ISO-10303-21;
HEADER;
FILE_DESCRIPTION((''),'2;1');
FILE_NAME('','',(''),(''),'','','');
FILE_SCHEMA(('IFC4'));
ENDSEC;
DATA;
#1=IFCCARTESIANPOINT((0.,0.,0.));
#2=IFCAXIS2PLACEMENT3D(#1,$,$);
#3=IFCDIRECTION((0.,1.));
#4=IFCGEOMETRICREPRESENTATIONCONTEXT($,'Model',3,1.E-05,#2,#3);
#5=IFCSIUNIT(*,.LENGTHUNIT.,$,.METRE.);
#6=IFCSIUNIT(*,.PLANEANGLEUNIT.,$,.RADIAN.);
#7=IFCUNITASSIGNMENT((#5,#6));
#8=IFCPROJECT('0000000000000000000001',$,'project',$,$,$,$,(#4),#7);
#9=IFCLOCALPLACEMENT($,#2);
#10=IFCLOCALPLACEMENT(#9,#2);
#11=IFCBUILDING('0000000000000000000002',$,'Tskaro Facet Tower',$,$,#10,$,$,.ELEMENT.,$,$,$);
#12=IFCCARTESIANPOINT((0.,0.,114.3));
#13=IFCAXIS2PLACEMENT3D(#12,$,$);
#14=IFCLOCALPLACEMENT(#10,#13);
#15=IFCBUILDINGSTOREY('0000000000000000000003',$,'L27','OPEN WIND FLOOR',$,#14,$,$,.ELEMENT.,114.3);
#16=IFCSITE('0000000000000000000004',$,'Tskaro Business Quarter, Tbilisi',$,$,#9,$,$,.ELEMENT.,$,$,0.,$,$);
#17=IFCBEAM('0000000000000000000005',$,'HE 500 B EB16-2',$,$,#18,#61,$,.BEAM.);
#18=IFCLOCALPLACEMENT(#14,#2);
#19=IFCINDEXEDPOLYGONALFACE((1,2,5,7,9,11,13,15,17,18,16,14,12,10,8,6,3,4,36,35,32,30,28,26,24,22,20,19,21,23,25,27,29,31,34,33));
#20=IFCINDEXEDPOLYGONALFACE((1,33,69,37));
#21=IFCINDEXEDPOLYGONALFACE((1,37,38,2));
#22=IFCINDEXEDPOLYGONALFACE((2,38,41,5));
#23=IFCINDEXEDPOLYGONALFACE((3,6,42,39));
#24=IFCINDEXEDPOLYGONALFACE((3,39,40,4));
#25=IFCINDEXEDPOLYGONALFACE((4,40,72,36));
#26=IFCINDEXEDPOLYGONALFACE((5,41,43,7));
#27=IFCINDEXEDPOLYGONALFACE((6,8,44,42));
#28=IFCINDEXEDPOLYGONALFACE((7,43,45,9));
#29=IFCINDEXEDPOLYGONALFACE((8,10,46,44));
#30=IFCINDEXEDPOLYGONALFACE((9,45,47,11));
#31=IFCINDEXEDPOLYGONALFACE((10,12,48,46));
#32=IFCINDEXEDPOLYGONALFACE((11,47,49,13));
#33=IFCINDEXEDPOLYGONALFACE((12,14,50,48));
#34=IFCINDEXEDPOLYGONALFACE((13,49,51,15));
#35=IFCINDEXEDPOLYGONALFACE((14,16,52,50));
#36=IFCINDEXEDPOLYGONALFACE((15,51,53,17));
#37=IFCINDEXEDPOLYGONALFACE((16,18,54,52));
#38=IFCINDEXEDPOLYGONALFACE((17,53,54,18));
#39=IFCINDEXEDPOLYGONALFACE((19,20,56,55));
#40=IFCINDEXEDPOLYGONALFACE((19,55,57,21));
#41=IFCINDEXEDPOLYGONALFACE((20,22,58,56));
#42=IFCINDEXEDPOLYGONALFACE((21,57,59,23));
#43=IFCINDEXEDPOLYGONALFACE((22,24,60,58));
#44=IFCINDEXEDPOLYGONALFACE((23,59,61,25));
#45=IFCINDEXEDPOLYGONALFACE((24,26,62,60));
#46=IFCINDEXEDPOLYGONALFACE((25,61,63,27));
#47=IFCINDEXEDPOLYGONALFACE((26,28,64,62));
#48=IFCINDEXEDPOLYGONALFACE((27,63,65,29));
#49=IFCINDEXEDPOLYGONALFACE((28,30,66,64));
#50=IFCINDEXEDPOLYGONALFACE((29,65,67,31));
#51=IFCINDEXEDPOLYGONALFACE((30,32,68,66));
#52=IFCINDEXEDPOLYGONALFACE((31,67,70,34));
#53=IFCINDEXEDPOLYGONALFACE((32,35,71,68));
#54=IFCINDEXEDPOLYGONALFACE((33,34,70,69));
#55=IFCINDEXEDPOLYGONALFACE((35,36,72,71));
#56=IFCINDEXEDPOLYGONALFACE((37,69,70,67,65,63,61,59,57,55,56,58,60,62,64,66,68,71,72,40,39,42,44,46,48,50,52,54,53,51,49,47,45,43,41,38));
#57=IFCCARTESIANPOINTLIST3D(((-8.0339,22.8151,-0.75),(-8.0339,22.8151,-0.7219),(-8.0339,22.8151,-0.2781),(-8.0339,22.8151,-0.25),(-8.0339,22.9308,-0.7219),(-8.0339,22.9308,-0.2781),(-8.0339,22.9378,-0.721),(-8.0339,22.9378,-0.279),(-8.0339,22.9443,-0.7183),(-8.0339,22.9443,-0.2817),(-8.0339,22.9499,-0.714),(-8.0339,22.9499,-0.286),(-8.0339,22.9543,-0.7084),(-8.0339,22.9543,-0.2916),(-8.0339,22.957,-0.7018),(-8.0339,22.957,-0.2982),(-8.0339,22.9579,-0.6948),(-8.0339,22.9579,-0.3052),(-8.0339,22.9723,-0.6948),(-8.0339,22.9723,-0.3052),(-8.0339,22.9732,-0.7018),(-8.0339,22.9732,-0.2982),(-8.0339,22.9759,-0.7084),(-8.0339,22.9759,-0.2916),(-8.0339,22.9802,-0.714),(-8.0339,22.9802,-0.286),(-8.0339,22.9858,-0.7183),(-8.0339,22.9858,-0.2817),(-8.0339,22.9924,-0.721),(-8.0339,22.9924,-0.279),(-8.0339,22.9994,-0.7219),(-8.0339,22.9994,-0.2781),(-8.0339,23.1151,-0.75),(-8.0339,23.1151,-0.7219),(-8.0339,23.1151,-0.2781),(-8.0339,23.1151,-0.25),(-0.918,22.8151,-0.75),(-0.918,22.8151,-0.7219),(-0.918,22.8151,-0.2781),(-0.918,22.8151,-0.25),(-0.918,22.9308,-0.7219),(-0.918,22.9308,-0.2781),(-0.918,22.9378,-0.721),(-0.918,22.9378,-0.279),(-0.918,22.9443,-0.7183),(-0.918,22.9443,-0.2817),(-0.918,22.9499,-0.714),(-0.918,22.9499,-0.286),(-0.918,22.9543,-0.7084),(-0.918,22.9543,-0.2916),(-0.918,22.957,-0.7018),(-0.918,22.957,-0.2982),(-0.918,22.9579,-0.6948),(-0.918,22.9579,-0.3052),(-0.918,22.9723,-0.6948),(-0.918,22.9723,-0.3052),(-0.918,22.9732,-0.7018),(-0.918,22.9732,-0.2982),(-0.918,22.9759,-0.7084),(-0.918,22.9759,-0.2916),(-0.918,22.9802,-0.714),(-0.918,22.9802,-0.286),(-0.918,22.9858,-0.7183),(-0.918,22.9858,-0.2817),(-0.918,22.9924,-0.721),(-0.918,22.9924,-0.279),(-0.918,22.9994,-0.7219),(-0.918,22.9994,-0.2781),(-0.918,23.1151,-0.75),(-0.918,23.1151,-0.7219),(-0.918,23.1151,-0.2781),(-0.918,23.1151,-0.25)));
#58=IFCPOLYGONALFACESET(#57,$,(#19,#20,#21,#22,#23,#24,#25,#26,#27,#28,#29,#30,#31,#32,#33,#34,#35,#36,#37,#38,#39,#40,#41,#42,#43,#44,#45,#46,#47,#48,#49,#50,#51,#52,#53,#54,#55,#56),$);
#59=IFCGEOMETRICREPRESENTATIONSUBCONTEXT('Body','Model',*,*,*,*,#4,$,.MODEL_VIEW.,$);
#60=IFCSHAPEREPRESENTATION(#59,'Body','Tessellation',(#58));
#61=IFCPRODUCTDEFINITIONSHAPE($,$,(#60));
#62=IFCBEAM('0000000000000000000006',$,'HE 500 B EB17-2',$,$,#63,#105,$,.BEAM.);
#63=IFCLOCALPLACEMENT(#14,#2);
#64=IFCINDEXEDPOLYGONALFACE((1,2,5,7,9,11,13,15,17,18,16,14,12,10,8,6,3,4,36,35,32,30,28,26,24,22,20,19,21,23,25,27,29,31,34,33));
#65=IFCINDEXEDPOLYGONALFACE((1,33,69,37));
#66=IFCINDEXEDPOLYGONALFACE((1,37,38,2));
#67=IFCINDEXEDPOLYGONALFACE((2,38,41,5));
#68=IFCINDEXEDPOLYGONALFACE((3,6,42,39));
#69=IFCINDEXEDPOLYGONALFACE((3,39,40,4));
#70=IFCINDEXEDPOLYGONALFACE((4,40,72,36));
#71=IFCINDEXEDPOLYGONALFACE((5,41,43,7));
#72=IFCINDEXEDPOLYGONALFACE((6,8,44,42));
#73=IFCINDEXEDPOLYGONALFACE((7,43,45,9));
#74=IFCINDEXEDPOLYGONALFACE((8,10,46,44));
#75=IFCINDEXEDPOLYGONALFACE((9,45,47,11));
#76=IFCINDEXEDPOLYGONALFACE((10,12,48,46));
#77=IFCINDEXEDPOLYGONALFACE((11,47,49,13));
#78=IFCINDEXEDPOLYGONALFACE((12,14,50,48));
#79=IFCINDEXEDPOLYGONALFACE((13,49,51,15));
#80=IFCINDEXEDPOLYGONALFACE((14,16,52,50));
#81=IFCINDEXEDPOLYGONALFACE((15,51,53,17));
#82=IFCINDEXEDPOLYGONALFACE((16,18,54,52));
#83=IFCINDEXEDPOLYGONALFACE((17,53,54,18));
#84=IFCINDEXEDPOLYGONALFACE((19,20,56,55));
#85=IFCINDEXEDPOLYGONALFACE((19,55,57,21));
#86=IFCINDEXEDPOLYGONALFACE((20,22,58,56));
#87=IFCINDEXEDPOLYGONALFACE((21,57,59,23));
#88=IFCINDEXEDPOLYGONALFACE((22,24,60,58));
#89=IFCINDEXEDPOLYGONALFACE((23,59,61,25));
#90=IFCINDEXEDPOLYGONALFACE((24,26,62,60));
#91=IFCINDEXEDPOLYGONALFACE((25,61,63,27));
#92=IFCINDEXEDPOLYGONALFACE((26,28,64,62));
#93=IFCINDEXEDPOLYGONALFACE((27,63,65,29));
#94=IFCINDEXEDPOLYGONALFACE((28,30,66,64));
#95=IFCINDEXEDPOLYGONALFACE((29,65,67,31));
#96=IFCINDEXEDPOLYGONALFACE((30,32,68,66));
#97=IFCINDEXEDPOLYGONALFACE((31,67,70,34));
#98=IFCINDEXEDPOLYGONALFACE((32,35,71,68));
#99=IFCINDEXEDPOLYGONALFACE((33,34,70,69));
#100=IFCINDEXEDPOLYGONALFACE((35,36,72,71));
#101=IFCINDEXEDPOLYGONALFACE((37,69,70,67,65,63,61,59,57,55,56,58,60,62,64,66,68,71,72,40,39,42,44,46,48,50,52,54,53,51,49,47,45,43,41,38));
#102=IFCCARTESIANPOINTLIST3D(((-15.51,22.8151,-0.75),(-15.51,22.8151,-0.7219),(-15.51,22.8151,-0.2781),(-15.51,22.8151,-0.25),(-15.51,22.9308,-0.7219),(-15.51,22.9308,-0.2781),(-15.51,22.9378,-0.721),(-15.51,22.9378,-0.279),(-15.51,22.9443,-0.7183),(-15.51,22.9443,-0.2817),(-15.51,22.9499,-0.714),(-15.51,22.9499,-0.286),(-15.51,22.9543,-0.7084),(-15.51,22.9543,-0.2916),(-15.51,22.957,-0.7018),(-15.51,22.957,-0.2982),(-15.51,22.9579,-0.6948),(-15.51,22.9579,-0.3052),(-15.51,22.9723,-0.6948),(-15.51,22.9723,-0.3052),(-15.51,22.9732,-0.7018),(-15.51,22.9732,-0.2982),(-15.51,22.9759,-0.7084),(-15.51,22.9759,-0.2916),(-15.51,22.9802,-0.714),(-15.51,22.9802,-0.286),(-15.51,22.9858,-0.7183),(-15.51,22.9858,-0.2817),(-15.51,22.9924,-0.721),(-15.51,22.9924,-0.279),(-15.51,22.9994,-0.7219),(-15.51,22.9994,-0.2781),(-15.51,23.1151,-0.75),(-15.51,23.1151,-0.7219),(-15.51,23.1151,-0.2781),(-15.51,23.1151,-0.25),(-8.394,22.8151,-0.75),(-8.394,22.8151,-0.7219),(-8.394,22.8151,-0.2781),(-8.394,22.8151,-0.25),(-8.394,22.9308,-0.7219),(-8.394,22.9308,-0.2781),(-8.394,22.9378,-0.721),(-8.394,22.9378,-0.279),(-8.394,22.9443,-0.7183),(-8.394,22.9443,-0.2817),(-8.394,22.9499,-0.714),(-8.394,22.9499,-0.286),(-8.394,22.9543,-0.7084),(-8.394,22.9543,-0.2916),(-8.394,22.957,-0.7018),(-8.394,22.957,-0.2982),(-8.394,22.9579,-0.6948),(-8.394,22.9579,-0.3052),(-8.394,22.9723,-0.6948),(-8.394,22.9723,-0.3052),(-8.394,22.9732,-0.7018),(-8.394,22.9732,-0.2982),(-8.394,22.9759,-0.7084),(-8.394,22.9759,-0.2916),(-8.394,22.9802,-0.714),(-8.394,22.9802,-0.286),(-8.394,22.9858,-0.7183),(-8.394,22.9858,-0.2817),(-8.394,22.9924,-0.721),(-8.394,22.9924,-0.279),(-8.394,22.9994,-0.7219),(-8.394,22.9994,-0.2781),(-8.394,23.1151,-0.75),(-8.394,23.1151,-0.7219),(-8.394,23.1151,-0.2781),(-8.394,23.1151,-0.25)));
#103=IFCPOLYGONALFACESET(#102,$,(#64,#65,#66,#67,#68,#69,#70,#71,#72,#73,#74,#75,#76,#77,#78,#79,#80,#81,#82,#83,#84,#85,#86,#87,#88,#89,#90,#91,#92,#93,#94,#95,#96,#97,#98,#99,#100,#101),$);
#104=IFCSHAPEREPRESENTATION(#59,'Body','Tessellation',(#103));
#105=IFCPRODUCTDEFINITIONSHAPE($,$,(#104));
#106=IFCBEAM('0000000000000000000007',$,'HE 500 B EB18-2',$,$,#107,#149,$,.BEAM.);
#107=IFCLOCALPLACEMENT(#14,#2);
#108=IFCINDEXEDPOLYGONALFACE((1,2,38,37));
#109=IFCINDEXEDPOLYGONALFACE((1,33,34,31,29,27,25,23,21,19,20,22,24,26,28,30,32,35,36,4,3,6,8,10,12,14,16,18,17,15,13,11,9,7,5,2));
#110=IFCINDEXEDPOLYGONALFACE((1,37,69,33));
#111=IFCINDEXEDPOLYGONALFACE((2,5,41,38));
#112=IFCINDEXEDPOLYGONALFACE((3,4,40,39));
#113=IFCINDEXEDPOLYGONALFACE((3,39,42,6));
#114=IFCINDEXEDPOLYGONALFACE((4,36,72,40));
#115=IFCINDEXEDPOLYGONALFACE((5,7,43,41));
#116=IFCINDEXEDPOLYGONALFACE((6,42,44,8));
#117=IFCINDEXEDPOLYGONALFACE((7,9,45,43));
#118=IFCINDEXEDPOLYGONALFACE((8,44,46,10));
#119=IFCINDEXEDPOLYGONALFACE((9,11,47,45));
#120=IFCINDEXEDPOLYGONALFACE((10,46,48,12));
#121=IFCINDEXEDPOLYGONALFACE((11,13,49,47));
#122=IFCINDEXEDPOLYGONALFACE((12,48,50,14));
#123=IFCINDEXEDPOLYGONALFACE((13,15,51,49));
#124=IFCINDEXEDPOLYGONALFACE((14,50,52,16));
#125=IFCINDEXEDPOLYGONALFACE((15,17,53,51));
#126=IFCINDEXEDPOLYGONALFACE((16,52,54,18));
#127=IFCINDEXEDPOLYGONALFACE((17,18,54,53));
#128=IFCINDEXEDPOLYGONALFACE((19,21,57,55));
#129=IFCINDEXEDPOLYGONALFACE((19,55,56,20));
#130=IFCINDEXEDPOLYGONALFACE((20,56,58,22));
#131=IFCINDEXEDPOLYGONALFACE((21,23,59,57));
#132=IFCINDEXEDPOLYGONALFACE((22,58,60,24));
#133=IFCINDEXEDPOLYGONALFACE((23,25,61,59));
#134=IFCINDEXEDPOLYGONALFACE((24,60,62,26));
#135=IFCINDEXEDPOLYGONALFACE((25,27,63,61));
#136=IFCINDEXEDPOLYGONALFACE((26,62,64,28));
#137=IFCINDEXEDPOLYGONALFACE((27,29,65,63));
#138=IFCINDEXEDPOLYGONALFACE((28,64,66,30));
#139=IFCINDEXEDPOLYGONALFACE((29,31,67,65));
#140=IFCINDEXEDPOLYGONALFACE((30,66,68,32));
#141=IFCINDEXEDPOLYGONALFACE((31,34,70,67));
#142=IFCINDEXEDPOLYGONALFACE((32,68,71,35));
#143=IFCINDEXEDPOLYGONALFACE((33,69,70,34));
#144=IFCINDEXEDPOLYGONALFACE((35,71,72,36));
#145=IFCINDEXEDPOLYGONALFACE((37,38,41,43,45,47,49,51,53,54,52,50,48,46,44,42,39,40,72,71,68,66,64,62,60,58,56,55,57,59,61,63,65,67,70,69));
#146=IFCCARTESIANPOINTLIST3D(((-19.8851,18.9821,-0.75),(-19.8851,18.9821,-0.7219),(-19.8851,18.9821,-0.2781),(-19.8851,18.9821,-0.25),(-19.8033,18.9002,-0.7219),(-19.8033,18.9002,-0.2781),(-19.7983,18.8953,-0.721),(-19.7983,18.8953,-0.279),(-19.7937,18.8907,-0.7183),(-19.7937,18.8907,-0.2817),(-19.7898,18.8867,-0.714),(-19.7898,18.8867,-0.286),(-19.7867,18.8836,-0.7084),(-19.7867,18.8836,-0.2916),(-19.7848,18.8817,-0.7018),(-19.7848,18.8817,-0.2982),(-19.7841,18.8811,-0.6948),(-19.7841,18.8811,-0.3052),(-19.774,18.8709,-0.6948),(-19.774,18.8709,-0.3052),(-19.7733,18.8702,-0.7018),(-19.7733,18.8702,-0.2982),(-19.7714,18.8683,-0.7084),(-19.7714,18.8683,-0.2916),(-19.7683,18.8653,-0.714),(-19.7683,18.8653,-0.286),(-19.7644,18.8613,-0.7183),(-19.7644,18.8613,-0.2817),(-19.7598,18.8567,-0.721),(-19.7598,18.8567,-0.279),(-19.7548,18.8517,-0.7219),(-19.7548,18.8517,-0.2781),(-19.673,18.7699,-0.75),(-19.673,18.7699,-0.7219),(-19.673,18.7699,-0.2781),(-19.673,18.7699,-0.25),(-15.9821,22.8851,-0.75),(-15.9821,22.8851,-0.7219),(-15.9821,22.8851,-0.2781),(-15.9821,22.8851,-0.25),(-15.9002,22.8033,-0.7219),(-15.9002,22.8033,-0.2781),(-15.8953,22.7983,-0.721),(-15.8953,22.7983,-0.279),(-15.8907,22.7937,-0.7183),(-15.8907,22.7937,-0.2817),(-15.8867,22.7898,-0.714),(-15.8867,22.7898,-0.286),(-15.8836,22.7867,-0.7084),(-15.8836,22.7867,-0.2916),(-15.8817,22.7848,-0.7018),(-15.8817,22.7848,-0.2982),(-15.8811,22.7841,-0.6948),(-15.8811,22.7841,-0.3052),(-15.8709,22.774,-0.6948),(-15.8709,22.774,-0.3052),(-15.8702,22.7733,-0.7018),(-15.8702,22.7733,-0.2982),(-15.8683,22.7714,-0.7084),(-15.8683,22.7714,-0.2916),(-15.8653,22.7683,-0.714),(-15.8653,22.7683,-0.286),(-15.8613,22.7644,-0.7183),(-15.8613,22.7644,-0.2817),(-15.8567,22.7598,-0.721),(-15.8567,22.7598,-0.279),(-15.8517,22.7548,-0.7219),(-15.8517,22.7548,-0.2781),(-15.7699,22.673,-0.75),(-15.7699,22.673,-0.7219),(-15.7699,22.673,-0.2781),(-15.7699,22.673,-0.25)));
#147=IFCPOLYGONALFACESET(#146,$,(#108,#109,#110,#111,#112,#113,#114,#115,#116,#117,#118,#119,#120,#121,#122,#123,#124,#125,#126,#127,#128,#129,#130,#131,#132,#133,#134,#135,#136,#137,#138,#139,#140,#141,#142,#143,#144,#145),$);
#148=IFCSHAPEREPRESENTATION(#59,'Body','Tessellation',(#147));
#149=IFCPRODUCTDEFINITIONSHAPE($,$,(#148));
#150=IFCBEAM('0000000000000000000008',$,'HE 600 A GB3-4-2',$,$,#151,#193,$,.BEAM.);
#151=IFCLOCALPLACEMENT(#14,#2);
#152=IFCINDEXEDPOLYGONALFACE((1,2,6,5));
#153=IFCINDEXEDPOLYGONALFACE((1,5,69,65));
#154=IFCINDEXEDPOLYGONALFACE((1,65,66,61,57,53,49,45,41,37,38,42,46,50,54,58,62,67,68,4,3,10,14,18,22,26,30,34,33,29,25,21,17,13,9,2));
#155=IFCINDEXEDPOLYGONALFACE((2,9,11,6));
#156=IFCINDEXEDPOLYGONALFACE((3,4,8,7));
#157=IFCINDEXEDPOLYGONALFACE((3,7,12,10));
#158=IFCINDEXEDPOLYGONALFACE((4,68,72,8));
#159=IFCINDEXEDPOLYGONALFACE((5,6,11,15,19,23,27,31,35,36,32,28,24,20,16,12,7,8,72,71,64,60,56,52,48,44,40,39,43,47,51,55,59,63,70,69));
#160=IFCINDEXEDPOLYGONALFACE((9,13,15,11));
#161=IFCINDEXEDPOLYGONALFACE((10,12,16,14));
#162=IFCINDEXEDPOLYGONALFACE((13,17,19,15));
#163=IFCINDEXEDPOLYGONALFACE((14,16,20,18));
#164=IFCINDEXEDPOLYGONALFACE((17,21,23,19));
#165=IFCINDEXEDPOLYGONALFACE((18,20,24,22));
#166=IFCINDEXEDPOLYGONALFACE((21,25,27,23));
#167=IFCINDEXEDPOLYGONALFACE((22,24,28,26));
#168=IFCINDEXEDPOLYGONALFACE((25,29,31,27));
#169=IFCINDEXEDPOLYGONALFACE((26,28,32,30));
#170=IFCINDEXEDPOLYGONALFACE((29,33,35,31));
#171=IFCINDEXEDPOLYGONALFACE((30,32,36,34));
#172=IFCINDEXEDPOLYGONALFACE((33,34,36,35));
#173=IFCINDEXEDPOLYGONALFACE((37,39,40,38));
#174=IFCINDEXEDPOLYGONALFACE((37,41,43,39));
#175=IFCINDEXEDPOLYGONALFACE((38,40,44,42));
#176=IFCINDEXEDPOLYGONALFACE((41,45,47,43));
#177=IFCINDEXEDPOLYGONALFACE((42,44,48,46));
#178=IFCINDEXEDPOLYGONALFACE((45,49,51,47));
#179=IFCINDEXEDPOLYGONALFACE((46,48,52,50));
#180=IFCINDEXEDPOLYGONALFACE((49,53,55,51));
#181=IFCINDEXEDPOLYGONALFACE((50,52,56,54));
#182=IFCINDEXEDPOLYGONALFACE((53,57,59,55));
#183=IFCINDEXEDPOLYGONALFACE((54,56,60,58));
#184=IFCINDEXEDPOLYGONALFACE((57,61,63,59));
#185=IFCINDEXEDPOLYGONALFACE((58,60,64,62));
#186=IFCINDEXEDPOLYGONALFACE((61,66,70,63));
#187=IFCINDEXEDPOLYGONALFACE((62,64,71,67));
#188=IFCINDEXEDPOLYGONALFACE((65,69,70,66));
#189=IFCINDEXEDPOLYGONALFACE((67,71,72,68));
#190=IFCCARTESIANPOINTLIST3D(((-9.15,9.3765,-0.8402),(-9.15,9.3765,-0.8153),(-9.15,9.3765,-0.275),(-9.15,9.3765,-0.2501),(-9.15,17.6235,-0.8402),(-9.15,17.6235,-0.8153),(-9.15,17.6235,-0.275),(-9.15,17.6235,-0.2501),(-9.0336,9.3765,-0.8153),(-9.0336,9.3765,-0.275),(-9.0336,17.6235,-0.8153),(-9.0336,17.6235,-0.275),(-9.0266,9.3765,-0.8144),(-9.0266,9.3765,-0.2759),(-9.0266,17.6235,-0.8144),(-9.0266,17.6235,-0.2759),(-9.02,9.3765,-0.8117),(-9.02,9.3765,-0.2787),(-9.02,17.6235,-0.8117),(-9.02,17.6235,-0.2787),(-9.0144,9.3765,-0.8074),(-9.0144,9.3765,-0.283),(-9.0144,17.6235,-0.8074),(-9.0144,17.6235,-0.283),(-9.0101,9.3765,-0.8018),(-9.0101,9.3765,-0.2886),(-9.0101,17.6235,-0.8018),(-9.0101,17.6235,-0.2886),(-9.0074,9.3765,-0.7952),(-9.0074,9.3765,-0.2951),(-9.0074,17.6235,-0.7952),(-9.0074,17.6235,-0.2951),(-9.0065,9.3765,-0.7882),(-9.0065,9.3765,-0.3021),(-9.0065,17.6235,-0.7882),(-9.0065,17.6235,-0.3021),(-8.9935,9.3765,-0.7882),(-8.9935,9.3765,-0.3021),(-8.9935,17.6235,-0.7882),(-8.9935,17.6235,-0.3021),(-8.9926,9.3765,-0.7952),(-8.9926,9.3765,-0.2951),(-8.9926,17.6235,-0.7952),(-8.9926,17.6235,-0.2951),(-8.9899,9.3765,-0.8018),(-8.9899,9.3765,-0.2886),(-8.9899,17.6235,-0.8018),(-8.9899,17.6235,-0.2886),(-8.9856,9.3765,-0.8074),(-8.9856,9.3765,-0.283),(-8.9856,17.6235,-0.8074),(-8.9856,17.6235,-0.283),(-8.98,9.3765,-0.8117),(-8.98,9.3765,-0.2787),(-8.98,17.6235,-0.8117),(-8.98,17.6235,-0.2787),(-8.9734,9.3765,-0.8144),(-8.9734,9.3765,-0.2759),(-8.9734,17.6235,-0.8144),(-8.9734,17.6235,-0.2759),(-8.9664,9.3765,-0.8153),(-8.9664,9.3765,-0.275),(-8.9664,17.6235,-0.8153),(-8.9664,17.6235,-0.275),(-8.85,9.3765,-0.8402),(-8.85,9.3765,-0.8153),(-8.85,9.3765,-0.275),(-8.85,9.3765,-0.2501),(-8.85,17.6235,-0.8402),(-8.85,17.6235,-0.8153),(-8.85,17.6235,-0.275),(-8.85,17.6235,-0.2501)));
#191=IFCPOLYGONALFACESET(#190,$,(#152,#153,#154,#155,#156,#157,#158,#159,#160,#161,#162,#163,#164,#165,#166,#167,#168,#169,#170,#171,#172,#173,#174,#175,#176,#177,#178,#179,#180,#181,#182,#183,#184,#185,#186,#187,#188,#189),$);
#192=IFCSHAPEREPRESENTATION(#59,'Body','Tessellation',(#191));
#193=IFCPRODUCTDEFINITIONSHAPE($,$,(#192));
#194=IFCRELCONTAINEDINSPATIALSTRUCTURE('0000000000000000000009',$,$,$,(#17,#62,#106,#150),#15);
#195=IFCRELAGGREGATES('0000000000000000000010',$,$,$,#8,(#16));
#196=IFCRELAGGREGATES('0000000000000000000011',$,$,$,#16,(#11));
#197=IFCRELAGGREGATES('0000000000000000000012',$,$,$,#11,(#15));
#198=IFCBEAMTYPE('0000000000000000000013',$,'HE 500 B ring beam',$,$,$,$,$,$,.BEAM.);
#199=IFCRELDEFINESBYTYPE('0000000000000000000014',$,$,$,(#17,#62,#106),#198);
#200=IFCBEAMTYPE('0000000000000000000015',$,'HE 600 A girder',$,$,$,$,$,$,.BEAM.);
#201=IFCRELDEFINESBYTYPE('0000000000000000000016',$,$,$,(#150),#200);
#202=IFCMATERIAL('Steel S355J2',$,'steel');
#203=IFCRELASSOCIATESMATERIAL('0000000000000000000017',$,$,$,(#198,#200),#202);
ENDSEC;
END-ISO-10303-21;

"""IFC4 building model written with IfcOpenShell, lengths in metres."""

from ifc_helpers import new_model, si_unit, direction, frame, origin, origin_2d, place, context, subcontext, project, spatial, i_section, extrude, material, material_profile, profile_set, type_object, element, save


model = new_model("IFC4")

# Units and contexts
model_context = context("Model", 3, precision=1e-05, world=origin(), true_north=direction((0.0, 1.0)))
body_context = subcontext(model_context, "Body", "Model", "MODEL_VIEW")
ifc_project = project(units=[si_unit("LENGTHUNIT", "METRE"), si_unit("PLANEANGLEUNIT", "RADIAN")], contexts=[model_context])

# Site, building, storey
site_placement = place(None, origin())
site = spatial("IfcSite", under=ifc_project, at=site_placement, Name="Tskaro Business Quarter, Tbilisi", CompositionType="ELEMENT", RefElevation=0.0)
building_placement = place(site_placement, origin())
building = spatial("IfcBuilding", under=site, at=building_placement, Name="Tskaro Facet Tower", CompositionType="ELEMENT")
storey_placement = place(building_placement, frame((0.0, 0.0, 114.3)))
storey = spatial("IfcBuildingStorey", under=building, at=storey_placement, Name="L27", Description="OPEN WIND FLOOR", CompositionType="ELEMENT", Elevation=114.3)

# Shared definitions
ifc_material_1 = material(Name="Steel S355J2", Category="steel")

# Beams
ifc_material_profile_1 = material_profile(ifc_material_1, i_section(OverallWidth=0.3, OverallDepth=0.5, WebThickness=0.0144, FlangeThickness=0.0281, FilletRadius=0.0271, at=origin_2d()), Name="HE 500 B")
ifc_profile_set_1 = profile_set([ifc_material_profile_1], Name="Steel S355J2")
beam_type_1 = type_object("IfcBeamType", Name="HE 500 B ring beam", PredefinedType="BEAM", material=ifc_profile_set_1)
for number, where, z_axis, x_axis, name in (
    (1, (-0.918, 22.9651, -0.5), (-1.0, 0.0, 0.0), (0.0, -1.0, 0.0), "HE 500 B EB16-2"),
    (2, (-8.394, 22.9651, -0.5), (-1.0, 0.0, 0.0), (0.0, -1.0, 0.0), "HE 500 B EB17-2"),
):
    element("IfcBeam", number, at=place(storey_placement, frame(where, z_axis=z_axis, x_axis=x_axis)), inside=storey, type_object=beam_type_1, Name=name, PredefinedType="BEAM", context=body_context, shape_type="SweptSolid", body=[
        extrude(i_section(OverallWidth=0.3, OverallDepth=0.5, WebThickness=0.0144, FlangeThickness=0.0281, FilletRadius=0.0271, at=origin_2d()), origin(), (0.0, 0.0, 1.0), 7.116),
    ])
beam_1_placement = place(storey_placement, frame((-15.876, 22.7791, -0.5), z_axis=(-0.707107, -0.707107, 0.0), x_axis=(0.707107, -0.707107, 0.0)))
element("IfcBeam", 3, at=beam_1_placement, inside=storey, type_object=beam_type_1, Name="HE 500 B EB18-2", PredefinedType="BEAM", context=body_context, shape_type="SweptSolid", body=[
    extrude(i_section(OverallWidth=0.3, OverallDepth=0.5, WebThickness=0.0144, FlangeThickness=0.0281, FilletRadius=0.0271, at=origin_2d()), origin(), (0.0, 0.0, 1.0), 5.5198),
])
ifc_material_profile_2 = material_profile(ifc_material_1, i_section(OverallWidth=0.3, OverallDepth=0.5901, WebThickness=0.0129, FlangeThickness=0.0249, FilletRadius=0.0271, at=origin_2d()), Name="HE 600 A")
ifc_profile_set_2 = profile_set([ifc_material_profile_2], Name="Steel S355J2")
beam_type_2 = type_object("IfcBeamType", Name="HE 600 A girder", PredefinedType="BEAM", material=ifc_profile_set_2)
beam_2_placement = place(storey_placement, frame((-9.0, 9.3765, -0.5452), z_axis=(0.0, 1.0, 0.0), x_axis=(-1.0, 0.0, 0.0)))
element("IfcBeam", 4, at=beam_2_placement, inside=storey, type_object=beam_type_2, Name="HE 600 A GB3-4-2", PredefinedType="BEAM", context=body_context, shape_type="SweptSolid", body=[
    extrude(i_section(OverallWidth=0.3, OverallDepth=0.5901, WebThickness=0.0129, FlangeThickness=0.0249, FilletRadius=0.0271, at=origin_2d()), origin(), (0.0, 0.0, 1.0), 8.2471),
])

save(model, "model.ifc")
